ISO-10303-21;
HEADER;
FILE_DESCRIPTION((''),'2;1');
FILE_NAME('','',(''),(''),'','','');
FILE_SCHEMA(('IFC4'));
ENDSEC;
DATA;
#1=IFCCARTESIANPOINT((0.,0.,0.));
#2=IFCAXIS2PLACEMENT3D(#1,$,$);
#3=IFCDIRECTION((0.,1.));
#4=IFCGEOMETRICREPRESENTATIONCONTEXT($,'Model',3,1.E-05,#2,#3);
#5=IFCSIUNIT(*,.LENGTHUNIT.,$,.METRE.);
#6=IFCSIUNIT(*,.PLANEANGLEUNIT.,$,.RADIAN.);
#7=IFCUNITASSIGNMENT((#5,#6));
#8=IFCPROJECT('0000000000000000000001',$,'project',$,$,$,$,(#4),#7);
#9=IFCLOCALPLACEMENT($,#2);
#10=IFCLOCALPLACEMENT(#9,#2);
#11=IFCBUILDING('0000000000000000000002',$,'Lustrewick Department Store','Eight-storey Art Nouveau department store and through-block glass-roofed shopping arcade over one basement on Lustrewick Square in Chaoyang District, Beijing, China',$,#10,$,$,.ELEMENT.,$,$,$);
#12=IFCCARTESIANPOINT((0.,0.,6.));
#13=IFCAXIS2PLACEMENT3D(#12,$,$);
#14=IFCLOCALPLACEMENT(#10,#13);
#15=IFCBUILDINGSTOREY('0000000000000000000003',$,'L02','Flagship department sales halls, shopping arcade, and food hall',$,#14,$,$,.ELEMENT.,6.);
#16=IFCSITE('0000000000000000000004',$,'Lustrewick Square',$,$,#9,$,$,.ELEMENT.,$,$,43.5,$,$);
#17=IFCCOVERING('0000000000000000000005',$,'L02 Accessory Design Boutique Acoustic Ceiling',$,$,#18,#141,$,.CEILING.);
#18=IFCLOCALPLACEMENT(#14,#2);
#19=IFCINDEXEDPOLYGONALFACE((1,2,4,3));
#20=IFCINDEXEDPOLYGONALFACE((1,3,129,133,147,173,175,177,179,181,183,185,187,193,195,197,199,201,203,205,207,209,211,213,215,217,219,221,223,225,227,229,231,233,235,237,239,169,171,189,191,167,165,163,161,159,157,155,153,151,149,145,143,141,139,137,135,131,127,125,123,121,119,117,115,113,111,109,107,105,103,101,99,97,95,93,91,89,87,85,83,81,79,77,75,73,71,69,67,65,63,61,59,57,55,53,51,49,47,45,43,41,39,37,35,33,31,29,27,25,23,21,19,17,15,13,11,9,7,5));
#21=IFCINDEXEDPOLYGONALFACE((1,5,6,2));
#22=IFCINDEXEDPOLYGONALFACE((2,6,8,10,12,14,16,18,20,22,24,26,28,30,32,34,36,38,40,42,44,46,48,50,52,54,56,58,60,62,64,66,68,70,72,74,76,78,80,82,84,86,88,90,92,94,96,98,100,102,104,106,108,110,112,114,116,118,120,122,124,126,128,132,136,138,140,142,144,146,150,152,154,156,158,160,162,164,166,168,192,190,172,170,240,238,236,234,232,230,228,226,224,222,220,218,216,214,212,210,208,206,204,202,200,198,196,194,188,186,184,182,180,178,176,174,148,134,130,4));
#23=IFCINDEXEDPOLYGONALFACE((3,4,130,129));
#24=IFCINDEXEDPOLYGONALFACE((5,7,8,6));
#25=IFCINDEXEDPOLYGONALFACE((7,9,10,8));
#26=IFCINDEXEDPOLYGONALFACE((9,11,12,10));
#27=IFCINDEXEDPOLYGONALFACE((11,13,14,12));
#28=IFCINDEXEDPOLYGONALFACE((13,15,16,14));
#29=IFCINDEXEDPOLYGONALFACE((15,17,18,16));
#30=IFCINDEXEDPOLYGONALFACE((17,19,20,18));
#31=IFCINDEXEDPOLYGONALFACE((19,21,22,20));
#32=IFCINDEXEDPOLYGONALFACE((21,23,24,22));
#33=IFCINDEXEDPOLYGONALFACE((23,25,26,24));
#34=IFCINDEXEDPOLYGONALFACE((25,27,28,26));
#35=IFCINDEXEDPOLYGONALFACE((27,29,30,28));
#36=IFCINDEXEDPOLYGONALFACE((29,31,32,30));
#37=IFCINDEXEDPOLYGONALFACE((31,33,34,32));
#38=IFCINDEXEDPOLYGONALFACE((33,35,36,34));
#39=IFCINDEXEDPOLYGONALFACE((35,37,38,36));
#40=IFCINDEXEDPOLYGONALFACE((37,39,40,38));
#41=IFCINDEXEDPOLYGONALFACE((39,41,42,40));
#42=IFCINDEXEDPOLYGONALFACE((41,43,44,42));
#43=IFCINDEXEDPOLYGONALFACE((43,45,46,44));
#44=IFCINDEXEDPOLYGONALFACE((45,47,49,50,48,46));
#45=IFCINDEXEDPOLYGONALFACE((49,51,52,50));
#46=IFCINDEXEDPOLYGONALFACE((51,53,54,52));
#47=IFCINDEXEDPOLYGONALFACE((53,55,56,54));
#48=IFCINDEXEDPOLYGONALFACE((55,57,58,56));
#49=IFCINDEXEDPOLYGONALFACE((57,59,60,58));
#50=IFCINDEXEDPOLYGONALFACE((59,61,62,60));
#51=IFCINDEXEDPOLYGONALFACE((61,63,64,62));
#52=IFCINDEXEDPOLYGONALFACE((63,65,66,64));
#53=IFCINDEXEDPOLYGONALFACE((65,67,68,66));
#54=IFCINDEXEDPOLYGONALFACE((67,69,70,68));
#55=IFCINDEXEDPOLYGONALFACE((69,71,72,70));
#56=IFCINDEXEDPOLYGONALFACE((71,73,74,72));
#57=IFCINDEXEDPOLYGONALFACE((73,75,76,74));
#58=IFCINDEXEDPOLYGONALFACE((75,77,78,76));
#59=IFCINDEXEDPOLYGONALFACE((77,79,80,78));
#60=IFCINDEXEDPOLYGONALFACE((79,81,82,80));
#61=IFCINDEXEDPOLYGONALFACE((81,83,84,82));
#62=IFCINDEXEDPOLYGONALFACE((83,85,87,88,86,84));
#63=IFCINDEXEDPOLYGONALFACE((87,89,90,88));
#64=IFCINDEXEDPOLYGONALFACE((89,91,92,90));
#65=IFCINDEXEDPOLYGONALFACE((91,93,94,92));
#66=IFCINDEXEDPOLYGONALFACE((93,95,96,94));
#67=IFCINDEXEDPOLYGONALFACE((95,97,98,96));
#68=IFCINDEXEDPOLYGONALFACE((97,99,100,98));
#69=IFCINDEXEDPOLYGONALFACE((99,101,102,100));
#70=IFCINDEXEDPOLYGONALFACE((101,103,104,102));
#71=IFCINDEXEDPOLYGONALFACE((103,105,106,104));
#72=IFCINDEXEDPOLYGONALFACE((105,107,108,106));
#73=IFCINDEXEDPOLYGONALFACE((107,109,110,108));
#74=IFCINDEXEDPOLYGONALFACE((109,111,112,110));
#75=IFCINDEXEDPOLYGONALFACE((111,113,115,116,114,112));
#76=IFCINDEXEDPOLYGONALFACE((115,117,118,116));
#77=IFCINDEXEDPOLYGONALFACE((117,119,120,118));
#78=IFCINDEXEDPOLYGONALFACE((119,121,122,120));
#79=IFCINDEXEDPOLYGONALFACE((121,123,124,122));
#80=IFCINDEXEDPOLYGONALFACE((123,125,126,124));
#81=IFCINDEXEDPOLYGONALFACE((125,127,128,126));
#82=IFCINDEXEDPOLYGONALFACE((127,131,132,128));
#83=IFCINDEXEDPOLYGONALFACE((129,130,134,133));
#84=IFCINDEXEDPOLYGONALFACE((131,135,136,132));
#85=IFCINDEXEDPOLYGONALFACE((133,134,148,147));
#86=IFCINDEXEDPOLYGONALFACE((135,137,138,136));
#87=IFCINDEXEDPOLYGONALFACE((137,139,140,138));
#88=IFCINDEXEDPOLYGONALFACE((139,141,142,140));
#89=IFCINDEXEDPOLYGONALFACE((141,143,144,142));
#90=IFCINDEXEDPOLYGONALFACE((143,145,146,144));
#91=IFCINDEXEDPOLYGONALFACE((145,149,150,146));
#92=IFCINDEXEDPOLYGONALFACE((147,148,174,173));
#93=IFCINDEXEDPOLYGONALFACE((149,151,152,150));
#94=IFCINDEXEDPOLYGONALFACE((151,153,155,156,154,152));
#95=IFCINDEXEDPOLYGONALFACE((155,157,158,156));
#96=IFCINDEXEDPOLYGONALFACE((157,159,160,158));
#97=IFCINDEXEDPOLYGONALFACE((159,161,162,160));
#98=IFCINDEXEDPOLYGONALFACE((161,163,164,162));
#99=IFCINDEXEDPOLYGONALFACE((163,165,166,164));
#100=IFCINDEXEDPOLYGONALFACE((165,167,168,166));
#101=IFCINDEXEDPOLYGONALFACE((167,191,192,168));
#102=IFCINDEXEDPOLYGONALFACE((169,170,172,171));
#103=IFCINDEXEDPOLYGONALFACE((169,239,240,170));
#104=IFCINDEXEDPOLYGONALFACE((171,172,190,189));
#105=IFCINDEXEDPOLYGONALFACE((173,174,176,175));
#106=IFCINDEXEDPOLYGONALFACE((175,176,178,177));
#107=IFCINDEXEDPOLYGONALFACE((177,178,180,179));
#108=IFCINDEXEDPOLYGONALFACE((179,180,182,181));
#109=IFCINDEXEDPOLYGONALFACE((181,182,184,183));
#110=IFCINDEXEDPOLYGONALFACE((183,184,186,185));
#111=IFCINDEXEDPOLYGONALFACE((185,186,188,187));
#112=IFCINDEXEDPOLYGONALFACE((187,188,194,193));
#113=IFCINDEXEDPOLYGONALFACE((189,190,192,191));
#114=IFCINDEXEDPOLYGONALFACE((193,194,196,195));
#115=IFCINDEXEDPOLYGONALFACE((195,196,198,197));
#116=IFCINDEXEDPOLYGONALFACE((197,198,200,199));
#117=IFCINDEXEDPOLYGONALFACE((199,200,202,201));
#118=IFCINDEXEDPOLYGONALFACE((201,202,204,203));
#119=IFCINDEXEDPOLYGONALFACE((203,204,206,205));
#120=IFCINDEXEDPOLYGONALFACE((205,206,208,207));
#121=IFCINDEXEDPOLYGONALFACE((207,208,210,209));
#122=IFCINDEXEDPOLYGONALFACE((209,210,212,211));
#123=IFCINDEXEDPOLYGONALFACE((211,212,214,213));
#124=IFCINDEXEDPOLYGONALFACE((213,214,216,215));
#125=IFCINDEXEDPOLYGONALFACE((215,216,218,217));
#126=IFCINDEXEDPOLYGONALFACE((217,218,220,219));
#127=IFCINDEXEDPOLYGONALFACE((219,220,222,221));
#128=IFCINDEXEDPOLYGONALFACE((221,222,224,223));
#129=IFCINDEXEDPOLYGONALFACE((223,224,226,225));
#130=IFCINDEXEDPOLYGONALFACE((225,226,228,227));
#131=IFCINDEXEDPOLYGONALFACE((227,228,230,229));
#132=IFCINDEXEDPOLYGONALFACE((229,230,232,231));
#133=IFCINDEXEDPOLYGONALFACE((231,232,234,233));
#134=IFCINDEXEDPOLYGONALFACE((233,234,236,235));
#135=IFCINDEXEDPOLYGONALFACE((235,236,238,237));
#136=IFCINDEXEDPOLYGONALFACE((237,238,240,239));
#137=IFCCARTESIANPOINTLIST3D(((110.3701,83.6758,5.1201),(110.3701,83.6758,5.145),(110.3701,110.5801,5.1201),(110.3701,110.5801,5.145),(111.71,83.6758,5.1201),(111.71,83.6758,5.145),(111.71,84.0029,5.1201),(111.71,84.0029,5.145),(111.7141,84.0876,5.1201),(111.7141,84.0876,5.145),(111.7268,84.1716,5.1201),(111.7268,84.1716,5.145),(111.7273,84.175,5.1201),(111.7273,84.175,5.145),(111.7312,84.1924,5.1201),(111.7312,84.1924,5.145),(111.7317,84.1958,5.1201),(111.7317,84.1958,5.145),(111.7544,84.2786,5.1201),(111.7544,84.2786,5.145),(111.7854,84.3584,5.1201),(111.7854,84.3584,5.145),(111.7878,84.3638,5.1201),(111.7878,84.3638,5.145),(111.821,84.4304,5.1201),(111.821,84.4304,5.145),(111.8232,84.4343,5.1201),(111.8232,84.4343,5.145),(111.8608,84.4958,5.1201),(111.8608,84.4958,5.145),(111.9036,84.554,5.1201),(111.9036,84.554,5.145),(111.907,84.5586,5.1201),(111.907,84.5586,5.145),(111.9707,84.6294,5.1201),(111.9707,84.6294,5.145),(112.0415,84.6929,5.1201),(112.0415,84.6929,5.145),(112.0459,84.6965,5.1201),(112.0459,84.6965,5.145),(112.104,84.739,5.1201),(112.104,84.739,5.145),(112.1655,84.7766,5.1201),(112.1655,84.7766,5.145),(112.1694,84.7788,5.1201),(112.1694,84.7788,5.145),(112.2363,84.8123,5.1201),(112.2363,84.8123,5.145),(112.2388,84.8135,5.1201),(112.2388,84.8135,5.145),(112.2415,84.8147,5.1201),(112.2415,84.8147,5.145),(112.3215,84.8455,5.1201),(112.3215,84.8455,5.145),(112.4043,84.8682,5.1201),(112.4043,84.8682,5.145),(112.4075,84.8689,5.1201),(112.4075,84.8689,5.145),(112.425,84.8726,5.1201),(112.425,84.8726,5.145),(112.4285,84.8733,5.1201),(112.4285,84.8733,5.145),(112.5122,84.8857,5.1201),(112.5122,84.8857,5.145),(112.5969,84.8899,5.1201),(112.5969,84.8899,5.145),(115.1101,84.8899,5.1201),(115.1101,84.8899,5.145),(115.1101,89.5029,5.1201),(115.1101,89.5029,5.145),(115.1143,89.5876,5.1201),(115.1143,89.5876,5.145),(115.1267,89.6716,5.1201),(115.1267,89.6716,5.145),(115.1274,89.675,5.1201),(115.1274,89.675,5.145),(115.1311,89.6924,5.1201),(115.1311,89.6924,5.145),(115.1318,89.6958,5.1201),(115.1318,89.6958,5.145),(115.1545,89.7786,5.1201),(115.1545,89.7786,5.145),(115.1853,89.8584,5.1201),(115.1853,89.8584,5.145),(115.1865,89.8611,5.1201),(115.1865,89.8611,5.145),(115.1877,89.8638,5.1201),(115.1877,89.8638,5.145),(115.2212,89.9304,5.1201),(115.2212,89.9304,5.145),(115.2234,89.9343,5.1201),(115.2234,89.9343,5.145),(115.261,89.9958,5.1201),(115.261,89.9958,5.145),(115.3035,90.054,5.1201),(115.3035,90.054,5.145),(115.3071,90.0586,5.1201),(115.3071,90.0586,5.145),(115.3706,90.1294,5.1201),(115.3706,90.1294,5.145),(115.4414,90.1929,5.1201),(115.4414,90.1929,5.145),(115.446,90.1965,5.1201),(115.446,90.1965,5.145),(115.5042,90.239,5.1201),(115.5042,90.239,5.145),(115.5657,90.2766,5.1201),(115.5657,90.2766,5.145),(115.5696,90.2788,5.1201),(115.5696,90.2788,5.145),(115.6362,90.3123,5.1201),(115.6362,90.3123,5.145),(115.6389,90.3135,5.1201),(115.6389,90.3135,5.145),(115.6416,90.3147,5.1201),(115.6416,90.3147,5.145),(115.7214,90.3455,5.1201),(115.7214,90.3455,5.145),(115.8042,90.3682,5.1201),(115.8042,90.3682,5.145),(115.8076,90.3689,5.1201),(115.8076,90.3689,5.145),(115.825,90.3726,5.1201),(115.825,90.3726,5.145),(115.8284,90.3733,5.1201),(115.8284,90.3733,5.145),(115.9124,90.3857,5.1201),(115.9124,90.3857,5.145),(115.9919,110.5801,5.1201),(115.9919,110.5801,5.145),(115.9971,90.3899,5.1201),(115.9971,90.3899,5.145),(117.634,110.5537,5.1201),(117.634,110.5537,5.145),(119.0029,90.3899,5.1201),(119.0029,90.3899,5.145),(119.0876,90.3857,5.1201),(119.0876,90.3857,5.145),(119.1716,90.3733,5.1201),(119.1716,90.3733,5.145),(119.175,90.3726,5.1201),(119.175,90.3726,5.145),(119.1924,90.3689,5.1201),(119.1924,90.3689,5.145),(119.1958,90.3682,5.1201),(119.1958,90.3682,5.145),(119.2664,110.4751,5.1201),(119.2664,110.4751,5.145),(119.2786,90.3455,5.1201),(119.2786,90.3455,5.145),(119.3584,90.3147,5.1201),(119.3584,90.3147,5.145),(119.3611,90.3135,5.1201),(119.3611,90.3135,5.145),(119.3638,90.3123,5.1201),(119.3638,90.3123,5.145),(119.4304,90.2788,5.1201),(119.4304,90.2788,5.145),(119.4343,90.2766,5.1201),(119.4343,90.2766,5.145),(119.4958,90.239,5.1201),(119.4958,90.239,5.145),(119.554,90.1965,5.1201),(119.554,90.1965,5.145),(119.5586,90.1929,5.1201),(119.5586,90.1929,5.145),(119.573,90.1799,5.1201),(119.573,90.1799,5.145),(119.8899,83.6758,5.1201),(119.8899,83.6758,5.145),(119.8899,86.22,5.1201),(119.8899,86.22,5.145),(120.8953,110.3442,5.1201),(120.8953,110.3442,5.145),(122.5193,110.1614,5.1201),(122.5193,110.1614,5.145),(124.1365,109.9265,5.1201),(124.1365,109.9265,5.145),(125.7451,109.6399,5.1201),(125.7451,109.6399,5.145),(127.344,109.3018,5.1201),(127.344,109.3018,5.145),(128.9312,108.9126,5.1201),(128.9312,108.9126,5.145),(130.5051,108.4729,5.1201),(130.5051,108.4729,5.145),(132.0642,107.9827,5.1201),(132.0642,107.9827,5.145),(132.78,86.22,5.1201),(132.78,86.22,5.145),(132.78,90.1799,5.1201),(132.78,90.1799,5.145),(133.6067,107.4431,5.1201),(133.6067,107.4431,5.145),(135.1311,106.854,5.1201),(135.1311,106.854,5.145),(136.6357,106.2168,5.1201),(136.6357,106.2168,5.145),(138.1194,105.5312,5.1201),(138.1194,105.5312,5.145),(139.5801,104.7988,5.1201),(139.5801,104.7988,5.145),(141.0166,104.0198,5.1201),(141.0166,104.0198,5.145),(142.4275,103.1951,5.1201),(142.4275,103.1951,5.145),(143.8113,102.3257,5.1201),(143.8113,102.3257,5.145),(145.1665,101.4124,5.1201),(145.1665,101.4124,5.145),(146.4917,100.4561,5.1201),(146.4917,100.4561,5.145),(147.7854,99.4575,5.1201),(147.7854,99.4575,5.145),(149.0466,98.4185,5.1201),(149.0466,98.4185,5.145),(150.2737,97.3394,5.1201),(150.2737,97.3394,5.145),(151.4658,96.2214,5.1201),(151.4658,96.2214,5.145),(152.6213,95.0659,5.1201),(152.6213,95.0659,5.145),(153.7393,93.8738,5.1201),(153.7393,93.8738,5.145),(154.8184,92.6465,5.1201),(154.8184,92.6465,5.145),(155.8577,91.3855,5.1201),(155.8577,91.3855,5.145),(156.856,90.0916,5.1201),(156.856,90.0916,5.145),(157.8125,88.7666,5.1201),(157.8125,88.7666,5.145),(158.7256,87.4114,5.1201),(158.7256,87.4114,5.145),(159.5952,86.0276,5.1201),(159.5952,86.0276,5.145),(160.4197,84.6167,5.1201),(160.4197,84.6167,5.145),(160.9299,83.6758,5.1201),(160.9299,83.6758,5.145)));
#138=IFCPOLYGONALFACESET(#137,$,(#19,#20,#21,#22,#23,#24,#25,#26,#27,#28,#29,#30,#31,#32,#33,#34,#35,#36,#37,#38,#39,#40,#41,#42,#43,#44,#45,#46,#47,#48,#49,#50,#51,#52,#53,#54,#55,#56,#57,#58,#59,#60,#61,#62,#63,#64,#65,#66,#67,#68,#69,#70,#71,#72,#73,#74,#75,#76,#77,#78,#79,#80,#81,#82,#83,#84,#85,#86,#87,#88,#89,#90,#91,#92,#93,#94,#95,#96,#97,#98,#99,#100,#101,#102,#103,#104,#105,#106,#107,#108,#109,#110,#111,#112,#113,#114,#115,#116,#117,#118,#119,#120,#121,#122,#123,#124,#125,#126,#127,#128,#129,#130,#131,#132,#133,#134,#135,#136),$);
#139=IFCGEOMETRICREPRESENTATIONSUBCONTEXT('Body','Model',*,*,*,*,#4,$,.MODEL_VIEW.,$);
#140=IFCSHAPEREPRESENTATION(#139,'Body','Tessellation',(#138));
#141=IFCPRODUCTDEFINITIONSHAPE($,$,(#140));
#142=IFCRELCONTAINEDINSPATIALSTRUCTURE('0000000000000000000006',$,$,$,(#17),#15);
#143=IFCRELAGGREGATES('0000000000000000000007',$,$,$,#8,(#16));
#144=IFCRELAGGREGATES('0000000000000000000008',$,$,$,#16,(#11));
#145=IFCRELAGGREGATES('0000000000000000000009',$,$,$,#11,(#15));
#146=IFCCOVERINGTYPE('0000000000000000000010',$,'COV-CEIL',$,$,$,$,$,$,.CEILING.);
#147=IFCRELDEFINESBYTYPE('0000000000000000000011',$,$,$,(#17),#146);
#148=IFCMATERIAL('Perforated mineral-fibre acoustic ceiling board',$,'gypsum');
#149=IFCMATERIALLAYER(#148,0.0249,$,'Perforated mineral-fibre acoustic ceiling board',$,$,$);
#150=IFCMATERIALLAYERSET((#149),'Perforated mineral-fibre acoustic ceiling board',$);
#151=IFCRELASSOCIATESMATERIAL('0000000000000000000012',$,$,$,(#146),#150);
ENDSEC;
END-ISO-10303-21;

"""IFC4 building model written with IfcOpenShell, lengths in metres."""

from ifc_helpers import new_model, si_unit, direction, frame, origin, place, context, subcontext, project, spatial, polyline, outline, extrude, material, layer, layer_set, type_object, element, save


model = new_model("IFC4")

# Units and contexts
model_context = context("Model", 3, precision=1e-05, world=origin(), true_north=direction((0.0, 1.0)))
body_context = subcontext(model_context, "Body", "Model", "MODEL_VIEW")
ifc_project = project(units=[si_unit("LENGTHUNIT", "METRE"), si_unit("PLANEANGLEUNIT", "RADIAN")], contexts=[model_context])

# Site, building, storey
site_placement = place(None, origin())
site = spatial("IfcSite", under=ifc_project, at=site_placement, Name="Lustrewick Square", CompositionType="ELEMENT", RefElevation=43.5)
building_placement = place(site_placement, origin())
building = spatial("IfcBuilding", under=site, at=building_placement, Name="Lustrewick Department Store", Description="Eight-storey Art Nouveau department store and through-block glass-roofed shopping arcade over one basement on Lustrewick Square in Chaoyang District, Beijing, China", CompositionType="ELEMENT")
storey_placement = place(building_placement, frame((0.0, 0.0, 6.0)))
storey = spatial("IfcBuildingStorey", under=building, at=storey_placement, Name="L02", Description="Flagship department sales halls, shopping arcade, and food hall", CompositionType="ELEMENT", Elevation=6.0)

# Covering
ifc_material_1 = material(Name="Perforated mineral-fibre acoustic ceiling board", Category="gypsum")
ifc_layer_1 = layer(ifc_material_1, 0.0249, Name="Perforated mineral-fibre acoustic ceiling board")
ifc_layer_set_1 = layer_set([ifc_layer_1], Name="Perforated mineral-fibre acoustic ceiling board")
covering_type_1 = type_object("IfcCoveringType", Name="COV-CEIL", PredefinedType="CEILING", material=ifc_layer_set_1)
covering_1_placement = place(storey_placement, frame((0.0, 0.0, 5.1201)))
element("IfcCovering", 1, at=covering_1_placement, inside=storey, type_object=covering_type_1, Name="L02 Accessory Design Boutique Acoustic Ceiling", PredefinedType="CEILING", context=body_context, shape_type="SweptSolid", body=[
    extrude(outline(polyline([(115.9919, 110.5801), (110.3701, 110.5801), (110.3701, 83.6758), (111.71, 83.6758), (111.71, 84.0029), (111.7141, 84.0876), (111.7268, 84.1716), (111.7273, 84.175), (111.7312, 84.1924), (111.7317, 84.1958), (111.7544, 84.2786), (111.7854, 84.3584), (111.7878, 84.3638), (111.821, 84.4304), (111.8232, 84.4343), (111.8608, 84.4958), (111.9036, 84.554), (111.907, 84.5586), (111.9707, 84.6294), (112.0415, 84.6929), (112.0459, 84.6965), (112.104, 84.739), (112.1655, 84.7766), (112.1694, 84.7788), (112.2363, 84.8123), (112.2388, 84.8135), (112.2415, 84.8147), (112.3215, 84.8455), (112.4043, 84.8682), (112.4075, 84.8689), (112.425, 84.8726), (112.4285, 84.8733), (112.5122, 84.8857), (112.5969, 84.8899), (115.1101, 84.8899), (115.1101, 89.5029), (115.1143, 89.5876), (115.1267, 89.6716), (115.1274, 89.675), (115.1311, 89.6924), (115.1318, 89.6958), (115.1545, 89.7786), (115.1853, 89.8584), (115.1865, 89.8611), (115.1877, 89.8638), (115.2212, 89.9304), (115.2234, 89.9343), (115.261, 89.9958), (115.3035, 90.054), (115.3071, 90.0586), (115.3706, 90.1294), (115.4414, 90.1929), (115.446, 90.1965), (115.5042, 90.239), (115.5657, 90.2766), (115.5696, 90.2788), (115.6362, 90.3123), (115.6389, 90.3135), (115.6416, 90.3147), (115.7214, 90.3455), (115.8042, 90.3682), (115.8076, 90.3689), (115.825, 90.3726), (115.8284, 90.3733), (115.9124, 90.3857), (115.9971, 90.3899), (119.0029, 90.3899), (119.0876, 90.3857), (119.1716, 90.3733), (119.175, 90.3726), (119.1924, 90.3689), (119.1958, 90.3682), (119.2786, 90.3455), (119.3584, 90.3147), (119.3611, 90.3135), (119.3638, 90.3123), (119.4304, 90.2788), (119.4343, 90.2766), (119.4958, 90.239), (119.554, 90.1965), (119.5586, 90.1929), (119.573, 90.1799), (132.78, 90.1799), (132.78, 86.22), (119.8899, 86.22), (119.8899, 83.6758), (160.9299, 83.6758), (160.4197, 84.6167), (159.5952, 86.0276), (158.7256, 87.4114), (157.8125, 88.7666), (156.856, 90.0916), (155.8577, 91.3855), (154.8184, 92.6465), (153.7393, 93.8738), (152.6213, 95.0659), (151.4658, 96.2214), (150.2737, 97.3394), (149.0466, 98.4185), (147.7854, 99.4575), (146.4917, 100.4561), (145.1665, 101.4124), (143.8113, 102.3257), (142.4275, 103.1951), (141.0166, 104.0198), (139.5801, 104.7988), (138.1194, 105.5312), (136.6357, 106.2168), (135.1311, 106.854), (133.6067, 107.4431), (132.0642, 107.9827), (130.5051, 108.4729), (128.9312, 108.9126), (127.344, 109.3018), (125.7451, 109.6399), (124.1365, 109.9265), (122.5193, 110.1614), (120.8953, 110.3442), (119.2664, 110.4751), (117.634, 110.5537), (115.9919, 110.5801)])), origin(), (0.0, 0.0, 1.0), 0.0249),
])

save(model, "model.ifc")
